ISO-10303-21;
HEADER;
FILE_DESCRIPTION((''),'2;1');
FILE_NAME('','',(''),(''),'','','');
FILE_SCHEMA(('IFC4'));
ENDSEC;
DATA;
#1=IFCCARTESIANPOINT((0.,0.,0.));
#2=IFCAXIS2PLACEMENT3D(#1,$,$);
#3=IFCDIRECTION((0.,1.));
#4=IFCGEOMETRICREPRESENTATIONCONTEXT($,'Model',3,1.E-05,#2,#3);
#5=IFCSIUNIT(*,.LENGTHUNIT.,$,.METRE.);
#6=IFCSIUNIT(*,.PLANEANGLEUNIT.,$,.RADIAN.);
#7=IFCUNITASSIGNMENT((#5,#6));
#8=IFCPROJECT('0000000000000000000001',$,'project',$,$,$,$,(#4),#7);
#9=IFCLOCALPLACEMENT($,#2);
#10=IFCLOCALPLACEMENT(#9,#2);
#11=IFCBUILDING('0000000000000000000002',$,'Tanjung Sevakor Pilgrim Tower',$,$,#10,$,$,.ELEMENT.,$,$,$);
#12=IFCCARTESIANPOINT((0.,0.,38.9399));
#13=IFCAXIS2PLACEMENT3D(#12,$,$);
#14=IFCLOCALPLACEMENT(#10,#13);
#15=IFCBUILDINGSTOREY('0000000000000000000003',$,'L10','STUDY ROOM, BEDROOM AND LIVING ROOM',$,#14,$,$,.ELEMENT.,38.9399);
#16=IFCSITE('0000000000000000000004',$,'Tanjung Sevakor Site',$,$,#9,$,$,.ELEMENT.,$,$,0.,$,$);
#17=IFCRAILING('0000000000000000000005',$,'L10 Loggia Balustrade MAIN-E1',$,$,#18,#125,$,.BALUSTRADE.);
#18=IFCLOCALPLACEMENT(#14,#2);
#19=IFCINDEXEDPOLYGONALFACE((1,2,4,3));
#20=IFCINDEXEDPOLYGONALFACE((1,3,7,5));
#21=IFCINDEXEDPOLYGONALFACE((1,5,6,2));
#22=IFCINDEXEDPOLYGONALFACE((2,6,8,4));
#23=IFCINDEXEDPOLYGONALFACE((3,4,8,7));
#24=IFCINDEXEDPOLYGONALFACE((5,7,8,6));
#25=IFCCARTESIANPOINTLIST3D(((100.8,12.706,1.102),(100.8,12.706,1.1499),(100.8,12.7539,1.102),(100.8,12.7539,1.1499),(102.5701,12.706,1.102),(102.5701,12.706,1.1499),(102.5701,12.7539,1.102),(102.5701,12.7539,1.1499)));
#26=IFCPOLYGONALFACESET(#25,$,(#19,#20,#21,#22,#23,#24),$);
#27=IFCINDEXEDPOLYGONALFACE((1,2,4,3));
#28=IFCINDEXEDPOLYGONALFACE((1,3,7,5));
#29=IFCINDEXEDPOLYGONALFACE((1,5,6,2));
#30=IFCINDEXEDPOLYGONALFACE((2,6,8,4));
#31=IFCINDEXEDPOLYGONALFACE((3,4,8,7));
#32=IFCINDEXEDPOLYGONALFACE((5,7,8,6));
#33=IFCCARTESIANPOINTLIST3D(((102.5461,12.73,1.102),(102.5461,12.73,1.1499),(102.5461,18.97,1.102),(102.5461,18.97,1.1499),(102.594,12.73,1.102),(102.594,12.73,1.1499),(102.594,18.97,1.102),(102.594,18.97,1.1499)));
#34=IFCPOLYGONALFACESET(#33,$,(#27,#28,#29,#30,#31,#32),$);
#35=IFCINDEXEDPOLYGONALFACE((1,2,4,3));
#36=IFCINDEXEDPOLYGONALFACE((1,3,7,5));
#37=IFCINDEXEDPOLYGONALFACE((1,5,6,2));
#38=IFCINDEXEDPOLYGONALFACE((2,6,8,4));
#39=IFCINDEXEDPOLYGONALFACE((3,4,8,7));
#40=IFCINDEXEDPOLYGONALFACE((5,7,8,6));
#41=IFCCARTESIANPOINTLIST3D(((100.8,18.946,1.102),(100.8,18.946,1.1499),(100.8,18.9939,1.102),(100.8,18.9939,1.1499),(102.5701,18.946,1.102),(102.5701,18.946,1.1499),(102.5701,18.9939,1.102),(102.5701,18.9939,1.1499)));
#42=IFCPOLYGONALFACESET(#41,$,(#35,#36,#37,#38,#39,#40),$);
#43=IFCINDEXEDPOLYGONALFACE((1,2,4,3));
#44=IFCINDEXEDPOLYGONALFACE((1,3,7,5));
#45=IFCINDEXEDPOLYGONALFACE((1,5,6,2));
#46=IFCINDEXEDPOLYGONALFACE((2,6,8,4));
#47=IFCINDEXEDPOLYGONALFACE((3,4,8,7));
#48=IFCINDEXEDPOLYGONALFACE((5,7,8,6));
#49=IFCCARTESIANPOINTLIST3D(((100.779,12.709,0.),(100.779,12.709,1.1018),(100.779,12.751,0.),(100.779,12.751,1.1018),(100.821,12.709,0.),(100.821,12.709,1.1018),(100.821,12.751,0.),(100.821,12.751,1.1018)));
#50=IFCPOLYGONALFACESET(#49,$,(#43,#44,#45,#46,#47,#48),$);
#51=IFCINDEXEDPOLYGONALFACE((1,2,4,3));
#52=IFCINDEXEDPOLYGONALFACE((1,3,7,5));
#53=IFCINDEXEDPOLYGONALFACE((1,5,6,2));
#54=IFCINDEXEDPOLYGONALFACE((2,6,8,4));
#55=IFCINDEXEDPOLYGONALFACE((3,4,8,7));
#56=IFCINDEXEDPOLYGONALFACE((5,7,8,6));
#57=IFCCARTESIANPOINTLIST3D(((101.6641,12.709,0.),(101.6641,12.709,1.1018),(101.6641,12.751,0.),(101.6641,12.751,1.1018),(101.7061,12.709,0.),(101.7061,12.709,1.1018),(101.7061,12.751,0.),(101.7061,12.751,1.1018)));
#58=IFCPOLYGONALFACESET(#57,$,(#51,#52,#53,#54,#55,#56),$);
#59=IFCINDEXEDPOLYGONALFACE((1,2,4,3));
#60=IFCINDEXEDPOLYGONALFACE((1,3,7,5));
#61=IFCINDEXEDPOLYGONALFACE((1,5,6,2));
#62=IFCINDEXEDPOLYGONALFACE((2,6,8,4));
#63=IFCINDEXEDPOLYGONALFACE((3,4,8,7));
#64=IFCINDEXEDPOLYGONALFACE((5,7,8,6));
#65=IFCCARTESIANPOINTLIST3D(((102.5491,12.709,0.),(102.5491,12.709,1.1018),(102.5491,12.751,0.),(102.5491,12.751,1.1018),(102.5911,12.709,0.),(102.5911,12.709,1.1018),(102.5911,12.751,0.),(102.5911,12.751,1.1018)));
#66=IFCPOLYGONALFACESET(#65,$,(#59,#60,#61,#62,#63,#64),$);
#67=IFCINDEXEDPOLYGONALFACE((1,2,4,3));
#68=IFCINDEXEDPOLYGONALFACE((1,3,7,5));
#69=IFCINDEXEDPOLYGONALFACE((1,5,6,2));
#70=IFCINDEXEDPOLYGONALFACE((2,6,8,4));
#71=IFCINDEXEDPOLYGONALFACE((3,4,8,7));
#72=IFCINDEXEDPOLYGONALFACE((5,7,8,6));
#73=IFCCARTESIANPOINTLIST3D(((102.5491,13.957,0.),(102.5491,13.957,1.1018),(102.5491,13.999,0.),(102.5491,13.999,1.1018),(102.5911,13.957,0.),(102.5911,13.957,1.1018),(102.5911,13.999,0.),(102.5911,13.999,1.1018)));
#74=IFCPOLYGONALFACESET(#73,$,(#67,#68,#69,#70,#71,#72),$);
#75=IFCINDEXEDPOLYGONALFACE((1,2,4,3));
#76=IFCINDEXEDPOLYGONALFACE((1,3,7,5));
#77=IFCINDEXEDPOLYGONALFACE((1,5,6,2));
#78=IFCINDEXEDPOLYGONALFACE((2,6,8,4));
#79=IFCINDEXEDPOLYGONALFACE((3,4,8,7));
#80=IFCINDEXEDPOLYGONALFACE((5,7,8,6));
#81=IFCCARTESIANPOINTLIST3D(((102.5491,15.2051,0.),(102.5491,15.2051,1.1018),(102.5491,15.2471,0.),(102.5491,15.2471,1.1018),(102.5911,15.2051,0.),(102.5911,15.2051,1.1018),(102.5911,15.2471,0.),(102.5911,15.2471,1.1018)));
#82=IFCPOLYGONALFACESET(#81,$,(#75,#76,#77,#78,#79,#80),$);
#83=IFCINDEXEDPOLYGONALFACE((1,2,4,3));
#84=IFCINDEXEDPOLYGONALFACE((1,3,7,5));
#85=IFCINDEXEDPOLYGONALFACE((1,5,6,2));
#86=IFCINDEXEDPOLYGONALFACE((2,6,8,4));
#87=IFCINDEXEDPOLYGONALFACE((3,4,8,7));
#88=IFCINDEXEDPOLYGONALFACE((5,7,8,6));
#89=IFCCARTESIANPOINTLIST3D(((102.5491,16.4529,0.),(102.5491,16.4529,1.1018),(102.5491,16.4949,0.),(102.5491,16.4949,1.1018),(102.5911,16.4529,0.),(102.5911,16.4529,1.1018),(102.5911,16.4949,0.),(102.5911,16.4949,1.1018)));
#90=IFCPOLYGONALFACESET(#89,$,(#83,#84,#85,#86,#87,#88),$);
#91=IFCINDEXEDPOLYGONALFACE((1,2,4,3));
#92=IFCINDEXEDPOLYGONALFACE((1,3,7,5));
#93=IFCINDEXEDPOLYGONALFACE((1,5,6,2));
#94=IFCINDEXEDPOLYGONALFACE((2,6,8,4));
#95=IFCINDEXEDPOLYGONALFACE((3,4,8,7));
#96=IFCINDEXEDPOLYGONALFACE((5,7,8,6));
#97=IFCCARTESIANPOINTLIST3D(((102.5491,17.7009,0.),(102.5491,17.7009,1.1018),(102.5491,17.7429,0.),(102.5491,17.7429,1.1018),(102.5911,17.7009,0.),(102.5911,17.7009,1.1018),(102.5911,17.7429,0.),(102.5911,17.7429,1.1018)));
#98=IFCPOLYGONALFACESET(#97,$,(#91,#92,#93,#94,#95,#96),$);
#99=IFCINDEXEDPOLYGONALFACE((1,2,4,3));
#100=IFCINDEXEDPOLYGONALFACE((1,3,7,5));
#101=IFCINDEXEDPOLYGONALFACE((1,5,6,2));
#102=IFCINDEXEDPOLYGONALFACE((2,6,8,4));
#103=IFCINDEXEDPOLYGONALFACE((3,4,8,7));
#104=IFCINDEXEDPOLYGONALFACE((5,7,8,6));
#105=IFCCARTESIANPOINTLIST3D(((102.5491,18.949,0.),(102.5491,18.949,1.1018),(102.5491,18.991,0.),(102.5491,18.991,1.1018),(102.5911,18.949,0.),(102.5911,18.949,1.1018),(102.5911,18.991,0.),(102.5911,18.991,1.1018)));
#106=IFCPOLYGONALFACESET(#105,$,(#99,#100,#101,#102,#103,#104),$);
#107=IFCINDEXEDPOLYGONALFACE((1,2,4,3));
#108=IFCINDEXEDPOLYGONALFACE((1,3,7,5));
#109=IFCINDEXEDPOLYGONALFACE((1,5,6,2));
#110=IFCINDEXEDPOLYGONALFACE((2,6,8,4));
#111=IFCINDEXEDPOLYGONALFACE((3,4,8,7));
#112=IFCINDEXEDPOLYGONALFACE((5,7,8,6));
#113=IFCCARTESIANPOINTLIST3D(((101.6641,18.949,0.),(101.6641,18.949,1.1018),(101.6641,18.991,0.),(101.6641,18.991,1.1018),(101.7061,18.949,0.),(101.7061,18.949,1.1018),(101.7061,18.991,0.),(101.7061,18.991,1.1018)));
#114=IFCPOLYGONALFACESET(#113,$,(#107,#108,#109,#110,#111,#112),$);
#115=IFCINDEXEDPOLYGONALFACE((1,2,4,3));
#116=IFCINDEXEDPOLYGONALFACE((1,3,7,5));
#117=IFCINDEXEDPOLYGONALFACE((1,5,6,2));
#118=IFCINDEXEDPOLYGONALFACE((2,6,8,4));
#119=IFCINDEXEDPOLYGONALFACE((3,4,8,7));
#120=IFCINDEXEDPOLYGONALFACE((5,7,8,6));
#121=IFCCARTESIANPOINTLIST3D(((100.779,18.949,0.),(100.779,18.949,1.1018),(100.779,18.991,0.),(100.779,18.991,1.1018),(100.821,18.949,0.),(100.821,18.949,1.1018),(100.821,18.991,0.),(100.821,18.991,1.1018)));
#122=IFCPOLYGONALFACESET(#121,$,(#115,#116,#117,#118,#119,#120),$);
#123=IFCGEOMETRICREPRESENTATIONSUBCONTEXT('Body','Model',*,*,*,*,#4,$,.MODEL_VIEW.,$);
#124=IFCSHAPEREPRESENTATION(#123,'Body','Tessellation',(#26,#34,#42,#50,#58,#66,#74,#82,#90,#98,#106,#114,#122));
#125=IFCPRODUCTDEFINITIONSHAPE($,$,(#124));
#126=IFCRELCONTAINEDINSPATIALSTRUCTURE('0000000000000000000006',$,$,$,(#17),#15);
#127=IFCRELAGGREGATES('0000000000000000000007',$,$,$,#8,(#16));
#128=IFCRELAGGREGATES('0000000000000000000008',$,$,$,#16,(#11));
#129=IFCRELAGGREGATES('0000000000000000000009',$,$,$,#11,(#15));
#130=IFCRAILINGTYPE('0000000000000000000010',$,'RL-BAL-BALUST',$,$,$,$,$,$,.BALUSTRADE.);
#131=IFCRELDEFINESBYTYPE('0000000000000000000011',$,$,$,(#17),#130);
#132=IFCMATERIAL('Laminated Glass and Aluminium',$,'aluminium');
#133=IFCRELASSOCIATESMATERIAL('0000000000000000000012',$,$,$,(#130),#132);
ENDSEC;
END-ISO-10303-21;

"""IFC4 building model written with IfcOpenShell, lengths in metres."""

from ifc_helpers import new_model, si_unit, direction, frame, origin, place, context, subcontext, project, spatial, rectangle, extrude, material, type_object, element, save


model = new_model("IFC4")

# Units and contexts
model_context = context("Model", 3, precision=1e-05, world=origin(), true_north=direction((0.0, 1.0)))
body_context = subcontext(model_context, "Body", "Model", "MODEL_VIEW")
ifc_project = project(units=[si_unit("LENGTHUNIT", "METRE"), si_unit("PLANEANGLEUNIT", "RADIAN")], contexts=[model_context])

# Site, building, storey
site_placement = place(None, origin())
site = spatial("IfcSite", under=ifc_project, at=site_placement, Name="Tanjung Sevakor Site", CompositionType="ELEMENT", RefElevation=0.0)
building_placement = place(site_placement, origin())
building = spatial("IfcBuilding", under=site, at=building_placement, Name="Tanjung Sevakor Pilgrim Tower", CompositionType="ELEMENT")
storey_placement = place(building_placement, frame((0.0, 0.0, 38.9399)))
storey = spatial("IfcBuildingStorey", under=building, at=storey_placement, Name="L10", Description="STUDY ROOM, BEDROOM AND LIVING ROOM", CompositionType="ELEMENT", Elevation=38.9399)

# Railing
ifc_material_1 = material(Name="Laminated Glass and Aluminium", Category="aluminium")
railing_type = type_object("IfcRailingType", Name="RL-BAL-BALUST", PredefinedType="BALUSTRADE", material=ifc_material_1)
railing_placement = place(storey_placement, frame((100.8, 12.73, 0.0)))
element("IfcRailing", 1, at=railing_placement, inside=storey, type_object=railing_type, Name="L10 Loggia Balustrade MAIN-E1", PredefinedType="BALUSTRADE", context=body_context, shape_type="SweptSolid", body=[
    extrude(rectangle(XDim=0.0479, YDim=0.0479), frame((0.0, 0.0, 1.126), z_axis=(1.0, 0.0, 0.0), x_axis=(0.0, 1.0, 0.0)), (0.0, 0.0, 1.0), 1.77),
    extrude(rectangle(XDim=0.0479, YDim=0.0479), frame((1.77, 0.0, 1.126), z_axis=(0.0, 1.0, 0.0), x_axis=(-1.0, 0.0, 0.0)), (0.0, 0.0, 1.0), 6.24),
    extrude(rectangle(XDim=0.0479, YDim=0.0479), frame((1.77, 6.24, 1.126), z_axis=(-1.0, 0.0, 0.0), x_axis=(0.0, -1.0, 0.0)), (0.0, 0.0, 1.0), 1.77),
    extrude(rectangle(XDim=0.042, YDim=0.042), origin(), (0.0, 0.0, 1.0), 1.1018),
    extrude(rectangle(XDim=0.042, YDim=0.042), frame((0.885, 0.0, 0.0)), (0.0, 0.0, 1.0), 1.1018),
    extrude(rectangle(XDim=0.042, YDim=0.042), frame((1.77, 0.0, 0.0)), (0.0, 0.0, 1.0), 1.1018),
    extrude(rectangle(XDim=0.042, YDim=0.042), frame((1.77, 1.248, 0.0)), (0.0, 0.0, 1.0), 1.1018),
    extrude(rectangle(XDim=0.042, YDim=0.042), frame((1.77, 2.4961, 0.0)), (0.0, 0.0, 1.0), 1.1018),
    extrude(rectangle(XDim=0.042, YDim=0.042), frame((1.77, 3.7439, 0.0)), (0.0, 0.0, 1.0), 1.1018),
    extrude(rectangle(XDim=0.042, YDim=0.042), frame((1.77, 4.9919, 0.0)), (0.0, 0.0, 1.0), 1.1018),
    extrude(rectangle(XDim=0.042, YDim=0.042), frame((1.77, 6.24, 0.0)), (0.0, 0.0, 1.0), 1.1018),
    extrude(rectangle(XDim=0.042, YDim=0.042), frame((0.885, 6.24, 0.0)), (0.0, 0.0, 1.0), 1.1018),
    extrude(rectangle(XDim=0.042, YDim=0.042), frame((0.0, 6.24, 0.0)), (0.0, 0.0, 1.0), 1.1018),
])

save(model, "model.ifc")
